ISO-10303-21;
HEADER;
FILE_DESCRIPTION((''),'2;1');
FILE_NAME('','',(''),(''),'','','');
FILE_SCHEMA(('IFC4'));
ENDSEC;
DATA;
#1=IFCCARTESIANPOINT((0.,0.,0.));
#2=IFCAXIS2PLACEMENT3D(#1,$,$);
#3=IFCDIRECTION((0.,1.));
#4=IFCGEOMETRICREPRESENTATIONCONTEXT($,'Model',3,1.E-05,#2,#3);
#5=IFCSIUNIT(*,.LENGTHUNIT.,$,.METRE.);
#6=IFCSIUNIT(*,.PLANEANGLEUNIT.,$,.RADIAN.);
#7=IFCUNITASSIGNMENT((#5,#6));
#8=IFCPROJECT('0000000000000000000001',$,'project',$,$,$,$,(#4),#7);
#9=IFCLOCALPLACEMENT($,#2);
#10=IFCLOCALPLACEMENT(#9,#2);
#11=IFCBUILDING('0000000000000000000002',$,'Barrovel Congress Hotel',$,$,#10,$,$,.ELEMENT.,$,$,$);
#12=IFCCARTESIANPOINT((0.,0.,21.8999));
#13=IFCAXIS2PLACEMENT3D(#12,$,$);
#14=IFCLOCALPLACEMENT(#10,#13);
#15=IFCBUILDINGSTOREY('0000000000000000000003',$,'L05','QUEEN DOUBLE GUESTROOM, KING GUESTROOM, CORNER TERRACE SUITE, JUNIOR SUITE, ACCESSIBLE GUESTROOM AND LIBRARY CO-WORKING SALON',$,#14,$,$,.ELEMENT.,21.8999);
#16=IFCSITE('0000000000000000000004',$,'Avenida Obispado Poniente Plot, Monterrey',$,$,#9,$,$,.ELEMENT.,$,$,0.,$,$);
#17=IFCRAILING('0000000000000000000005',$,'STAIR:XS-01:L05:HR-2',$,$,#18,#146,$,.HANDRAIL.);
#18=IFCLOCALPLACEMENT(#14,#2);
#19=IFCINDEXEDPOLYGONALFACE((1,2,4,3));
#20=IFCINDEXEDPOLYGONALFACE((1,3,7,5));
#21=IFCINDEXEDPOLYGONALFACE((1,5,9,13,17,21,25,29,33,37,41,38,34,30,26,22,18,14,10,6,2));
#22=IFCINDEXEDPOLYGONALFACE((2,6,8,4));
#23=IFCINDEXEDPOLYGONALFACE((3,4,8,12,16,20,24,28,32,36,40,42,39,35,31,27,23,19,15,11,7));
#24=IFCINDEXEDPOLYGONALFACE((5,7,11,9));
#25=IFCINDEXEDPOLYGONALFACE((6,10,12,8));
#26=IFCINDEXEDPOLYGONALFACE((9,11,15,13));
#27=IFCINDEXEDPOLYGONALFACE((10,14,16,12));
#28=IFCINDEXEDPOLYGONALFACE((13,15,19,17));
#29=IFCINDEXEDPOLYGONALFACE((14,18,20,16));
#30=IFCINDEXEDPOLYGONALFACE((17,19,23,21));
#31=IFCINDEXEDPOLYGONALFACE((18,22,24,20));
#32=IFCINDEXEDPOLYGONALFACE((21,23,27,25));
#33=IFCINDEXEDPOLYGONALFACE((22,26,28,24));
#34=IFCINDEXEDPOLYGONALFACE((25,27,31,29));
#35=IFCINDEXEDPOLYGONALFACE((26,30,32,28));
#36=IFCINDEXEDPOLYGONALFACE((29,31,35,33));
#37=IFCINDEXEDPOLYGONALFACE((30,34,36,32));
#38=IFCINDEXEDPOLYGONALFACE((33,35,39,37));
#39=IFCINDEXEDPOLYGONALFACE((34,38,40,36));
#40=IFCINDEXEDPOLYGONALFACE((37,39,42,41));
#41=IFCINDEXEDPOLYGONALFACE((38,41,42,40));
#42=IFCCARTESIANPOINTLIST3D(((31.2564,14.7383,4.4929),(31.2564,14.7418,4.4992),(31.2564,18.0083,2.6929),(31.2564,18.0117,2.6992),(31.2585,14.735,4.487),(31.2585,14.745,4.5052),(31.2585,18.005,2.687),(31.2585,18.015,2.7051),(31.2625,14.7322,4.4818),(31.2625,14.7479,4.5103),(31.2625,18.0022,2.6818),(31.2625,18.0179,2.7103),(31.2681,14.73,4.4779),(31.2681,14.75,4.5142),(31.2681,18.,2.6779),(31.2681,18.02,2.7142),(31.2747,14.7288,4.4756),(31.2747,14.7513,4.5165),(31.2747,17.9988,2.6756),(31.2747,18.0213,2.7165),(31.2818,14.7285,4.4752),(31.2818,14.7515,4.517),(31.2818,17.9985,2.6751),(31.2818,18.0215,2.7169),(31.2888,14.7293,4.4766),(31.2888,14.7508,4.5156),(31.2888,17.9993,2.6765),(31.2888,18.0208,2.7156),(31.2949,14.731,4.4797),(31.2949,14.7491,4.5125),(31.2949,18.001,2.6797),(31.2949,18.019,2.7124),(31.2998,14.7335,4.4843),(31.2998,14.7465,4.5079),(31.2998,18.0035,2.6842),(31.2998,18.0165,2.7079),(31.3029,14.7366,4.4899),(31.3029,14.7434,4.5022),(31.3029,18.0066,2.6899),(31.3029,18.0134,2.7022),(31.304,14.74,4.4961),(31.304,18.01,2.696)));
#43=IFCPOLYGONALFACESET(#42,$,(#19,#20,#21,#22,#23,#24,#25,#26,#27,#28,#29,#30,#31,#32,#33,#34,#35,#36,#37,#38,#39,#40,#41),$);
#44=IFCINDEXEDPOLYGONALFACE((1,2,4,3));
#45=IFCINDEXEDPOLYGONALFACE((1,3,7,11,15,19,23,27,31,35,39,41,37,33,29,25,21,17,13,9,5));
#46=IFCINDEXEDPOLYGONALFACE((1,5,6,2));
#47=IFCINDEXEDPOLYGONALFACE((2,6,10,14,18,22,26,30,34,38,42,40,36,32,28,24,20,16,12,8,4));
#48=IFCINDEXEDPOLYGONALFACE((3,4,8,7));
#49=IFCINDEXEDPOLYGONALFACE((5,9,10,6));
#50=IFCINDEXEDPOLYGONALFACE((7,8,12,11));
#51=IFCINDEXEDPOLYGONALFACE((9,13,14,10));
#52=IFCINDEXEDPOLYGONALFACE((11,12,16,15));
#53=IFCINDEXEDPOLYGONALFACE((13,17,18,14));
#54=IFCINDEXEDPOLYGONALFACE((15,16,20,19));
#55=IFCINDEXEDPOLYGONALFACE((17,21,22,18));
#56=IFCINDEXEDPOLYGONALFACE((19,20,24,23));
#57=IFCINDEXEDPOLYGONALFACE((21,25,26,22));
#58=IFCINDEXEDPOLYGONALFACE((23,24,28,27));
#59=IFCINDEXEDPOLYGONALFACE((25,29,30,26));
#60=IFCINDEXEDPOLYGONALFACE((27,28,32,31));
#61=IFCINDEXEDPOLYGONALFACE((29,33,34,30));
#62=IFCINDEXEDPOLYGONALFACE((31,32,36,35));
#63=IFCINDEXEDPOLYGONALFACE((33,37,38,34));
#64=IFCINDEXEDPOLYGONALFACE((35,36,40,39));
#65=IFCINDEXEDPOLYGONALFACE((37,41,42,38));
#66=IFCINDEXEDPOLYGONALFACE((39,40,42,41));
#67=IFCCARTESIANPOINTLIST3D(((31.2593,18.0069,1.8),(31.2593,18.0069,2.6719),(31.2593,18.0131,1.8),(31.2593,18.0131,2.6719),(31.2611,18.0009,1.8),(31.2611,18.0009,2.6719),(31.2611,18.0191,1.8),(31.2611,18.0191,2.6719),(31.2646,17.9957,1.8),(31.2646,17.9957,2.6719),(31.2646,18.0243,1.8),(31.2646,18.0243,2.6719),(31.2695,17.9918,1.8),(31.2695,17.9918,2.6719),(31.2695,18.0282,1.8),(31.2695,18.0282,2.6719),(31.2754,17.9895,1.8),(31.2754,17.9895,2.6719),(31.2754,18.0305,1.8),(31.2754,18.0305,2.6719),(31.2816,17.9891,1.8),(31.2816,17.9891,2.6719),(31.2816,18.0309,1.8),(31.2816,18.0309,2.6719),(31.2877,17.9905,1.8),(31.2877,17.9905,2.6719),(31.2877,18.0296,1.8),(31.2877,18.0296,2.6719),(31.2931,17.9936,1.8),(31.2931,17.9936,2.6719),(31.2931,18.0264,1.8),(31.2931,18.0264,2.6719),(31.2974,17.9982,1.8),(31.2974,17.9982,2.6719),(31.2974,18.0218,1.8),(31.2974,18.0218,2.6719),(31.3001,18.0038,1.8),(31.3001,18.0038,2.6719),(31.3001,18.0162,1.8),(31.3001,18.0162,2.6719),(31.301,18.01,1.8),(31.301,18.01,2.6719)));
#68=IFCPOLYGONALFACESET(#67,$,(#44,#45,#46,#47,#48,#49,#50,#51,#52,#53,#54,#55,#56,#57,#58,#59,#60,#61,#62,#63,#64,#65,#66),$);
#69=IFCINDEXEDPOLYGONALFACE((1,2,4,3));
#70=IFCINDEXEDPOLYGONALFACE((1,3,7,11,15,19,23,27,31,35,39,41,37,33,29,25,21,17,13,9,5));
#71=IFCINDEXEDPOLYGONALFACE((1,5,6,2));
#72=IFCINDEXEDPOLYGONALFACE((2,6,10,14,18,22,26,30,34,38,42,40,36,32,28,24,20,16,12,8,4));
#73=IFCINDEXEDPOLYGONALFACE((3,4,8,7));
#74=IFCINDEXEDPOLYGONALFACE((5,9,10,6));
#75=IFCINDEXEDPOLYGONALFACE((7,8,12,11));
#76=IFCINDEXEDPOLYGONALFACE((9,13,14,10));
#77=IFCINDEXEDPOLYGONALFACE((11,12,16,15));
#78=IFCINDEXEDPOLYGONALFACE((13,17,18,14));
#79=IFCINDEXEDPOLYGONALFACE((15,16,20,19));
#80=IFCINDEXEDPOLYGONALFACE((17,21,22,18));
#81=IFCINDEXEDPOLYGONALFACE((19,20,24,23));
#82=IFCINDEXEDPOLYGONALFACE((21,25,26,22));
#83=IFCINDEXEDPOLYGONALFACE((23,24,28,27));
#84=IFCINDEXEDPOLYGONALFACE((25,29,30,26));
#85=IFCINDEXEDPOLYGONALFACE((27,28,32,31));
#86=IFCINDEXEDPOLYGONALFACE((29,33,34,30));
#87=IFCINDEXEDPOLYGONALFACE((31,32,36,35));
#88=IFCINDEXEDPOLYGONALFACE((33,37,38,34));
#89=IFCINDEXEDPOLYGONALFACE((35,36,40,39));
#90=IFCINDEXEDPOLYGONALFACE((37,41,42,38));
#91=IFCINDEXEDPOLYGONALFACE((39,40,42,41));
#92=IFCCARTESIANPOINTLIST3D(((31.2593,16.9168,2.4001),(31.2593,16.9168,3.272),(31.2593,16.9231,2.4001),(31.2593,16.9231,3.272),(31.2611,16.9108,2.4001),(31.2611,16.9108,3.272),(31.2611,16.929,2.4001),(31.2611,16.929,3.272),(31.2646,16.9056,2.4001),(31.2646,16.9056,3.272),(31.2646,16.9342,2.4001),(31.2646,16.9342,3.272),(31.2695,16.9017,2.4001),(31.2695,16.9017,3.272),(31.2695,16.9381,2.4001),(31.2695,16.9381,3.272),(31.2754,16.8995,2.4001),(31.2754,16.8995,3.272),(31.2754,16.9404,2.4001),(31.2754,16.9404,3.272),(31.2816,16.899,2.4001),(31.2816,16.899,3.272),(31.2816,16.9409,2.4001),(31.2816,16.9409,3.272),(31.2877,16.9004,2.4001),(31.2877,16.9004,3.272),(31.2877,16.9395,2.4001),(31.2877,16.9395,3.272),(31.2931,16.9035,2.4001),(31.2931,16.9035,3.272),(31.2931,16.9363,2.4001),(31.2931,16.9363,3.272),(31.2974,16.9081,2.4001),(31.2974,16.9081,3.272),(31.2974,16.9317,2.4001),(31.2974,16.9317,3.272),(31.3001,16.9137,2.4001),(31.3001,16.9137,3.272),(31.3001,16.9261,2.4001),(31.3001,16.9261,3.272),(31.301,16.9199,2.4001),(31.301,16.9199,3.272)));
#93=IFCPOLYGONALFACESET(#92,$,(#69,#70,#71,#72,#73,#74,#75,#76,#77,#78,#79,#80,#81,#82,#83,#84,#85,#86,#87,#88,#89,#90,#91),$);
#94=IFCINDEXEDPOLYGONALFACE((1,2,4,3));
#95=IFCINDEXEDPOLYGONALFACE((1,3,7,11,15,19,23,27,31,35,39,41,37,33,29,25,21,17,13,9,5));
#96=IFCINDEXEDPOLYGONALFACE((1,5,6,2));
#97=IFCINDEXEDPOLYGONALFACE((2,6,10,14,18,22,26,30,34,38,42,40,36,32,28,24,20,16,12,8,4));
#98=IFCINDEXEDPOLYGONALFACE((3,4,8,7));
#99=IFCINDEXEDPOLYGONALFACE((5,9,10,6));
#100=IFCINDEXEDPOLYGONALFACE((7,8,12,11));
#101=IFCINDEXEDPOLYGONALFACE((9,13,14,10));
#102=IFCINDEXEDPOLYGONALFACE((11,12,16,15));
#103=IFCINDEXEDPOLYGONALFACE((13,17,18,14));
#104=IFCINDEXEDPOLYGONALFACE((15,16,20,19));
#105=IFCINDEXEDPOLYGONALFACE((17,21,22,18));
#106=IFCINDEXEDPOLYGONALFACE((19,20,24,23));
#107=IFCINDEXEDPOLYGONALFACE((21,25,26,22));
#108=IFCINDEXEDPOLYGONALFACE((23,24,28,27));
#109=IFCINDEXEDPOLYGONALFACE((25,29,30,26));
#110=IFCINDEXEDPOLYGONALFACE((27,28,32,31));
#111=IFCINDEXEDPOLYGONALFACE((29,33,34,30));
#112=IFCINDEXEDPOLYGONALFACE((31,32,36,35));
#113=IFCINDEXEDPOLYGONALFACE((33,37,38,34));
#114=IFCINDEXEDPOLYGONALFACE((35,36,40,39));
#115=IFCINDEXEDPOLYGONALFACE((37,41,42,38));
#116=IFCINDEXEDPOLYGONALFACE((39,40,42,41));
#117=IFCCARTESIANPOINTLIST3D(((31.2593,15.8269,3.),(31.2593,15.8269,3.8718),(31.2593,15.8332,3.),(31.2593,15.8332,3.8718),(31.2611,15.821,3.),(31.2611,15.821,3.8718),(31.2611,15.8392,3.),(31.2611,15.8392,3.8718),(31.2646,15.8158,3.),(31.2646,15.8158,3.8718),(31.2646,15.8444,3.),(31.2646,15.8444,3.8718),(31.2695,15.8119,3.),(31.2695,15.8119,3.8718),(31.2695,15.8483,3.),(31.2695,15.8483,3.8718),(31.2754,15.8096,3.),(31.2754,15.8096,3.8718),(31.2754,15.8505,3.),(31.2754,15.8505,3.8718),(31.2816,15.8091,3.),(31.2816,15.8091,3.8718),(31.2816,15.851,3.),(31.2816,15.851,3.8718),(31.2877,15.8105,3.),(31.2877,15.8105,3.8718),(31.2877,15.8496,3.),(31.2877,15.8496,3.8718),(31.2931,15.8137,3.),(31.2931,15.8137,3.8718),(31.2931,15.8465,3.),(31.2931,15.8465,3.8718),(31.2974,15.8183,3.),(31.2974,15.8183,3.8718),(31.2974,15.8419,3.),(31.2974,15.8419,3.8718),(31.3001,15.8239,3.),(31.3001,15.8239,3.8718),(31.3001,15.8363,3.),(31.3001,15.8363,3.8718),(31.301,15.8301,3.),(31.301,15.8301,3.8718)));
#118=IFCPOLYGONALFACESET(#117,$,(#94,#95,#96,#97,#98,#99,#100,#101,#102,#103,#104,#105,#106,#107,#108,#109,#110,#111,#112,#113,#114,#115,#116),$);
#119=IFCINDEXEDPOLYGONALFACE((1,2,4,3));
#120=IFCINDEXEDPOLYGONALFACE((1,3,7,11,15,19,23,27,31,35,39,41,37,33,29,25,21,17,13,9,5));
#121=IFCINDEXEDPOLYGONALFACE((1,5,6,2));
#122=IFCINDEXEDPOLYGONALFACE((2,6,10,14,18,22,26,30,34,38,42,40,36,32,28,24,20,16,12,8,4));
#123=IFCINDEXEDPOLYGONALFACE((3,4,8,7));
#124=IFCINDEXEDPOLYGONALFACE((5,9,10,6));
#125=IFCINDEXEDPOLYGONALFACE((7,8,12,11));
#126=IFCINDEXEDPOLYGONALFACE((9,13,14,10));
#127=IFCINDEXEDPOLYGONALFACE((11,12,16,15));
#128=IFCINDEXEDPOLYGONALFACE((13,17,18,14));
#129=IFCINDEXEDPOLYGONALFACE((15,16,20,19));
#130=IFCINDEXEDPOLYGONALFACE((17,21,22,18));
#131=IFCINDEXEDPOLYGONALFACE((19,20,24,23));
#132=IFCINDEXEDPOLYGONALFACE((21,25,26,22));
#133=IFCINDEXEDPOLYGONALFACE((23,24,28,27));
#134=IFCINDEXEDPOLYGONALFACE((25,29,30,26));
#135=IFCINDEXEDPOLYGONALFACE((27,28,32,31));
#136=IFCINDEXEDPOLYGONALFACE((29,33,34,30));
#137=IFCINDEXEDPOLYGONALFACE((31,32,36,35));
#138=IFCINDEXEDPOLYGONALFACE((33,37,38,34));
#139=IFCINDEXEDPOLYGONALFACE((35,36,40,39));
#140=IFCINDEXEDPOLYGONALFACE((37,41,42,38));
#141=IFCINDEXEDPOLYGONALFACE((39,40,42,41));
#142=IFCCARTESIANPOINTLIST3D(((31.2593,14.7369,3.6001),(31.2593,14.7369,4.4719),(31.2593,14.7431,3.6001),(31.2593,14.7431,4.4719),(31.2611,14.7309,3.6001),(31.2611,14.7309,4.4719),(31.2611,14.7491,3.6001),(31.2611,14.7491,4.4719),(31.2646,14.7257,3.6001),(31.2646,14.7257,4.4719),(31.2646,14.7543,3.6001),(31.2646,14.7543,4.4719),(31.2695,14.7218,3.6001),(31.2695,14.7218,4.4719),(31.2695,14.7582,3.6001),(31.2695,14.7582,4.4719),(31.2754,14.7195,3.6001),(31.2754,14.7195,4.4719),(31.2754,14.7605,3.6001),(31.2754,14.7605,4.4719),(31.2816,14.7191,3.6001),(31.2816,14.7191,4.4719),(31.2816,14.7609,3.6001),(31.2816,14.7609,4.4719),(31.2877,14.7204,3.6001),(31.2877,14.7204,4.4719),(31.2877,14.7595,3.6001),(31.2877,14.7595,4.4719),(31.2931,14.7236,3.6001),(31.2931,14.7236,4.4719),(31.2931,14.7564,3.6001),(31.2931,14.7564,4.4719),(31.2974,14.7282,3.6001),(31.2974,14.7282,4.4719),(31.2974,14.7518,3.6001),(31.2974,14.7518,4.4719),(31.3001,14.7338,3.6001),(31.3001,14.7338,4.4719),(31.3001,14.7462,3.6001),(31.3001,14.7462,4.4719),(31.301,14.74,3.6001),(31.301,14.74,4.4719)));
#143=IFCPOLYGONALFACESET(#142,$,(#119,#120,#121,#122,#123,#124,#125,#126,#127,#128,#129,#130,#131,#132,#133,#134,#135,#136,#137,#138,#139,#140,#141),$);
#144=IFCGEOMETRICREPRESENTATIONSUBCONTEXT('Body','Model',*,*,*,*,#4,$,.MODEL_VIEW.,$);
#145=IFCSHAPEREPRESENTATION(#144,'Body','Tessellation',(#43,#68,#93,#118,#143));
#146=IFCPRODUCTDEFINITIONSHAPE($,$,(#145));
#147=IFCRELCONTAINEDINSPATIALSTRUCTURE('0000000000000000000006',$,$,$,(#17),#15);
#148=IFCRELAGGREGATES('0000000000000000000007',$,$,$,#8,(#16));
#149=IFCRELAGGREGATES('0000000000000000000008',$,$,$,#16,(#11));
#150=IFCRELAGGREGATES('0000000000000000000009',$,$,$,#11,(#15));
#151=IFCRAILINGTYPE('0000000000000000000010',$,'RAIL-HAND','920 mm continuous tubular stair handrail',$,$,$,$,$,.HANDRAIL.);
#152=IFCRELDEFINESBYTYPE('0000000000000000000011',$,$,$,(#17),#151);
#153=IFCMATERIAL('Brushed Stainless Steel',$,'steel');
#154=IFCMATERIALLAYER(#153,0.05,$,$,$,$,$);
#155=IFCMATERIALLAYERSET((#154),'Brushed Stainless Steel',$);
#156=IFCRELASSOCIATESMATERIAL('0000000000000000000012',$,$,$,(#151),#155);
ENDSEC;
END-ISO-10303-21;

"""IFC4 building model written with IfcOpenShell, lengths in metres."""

from ifc_helpers import new_model, si_unit, direction, frame, origin, origin_2d, place, context, subcontext, project, spatial, circle, extrude, material, layer, layer_set, type_object, element, save


model = new_model("IFC4")

# Units and contexts
model_context = context("Model", 3, precision=1e-05, world=origin(), true_north=direction((0.0, 1.0)))
body_context = subcontext(model_context, "Body", "Model", "MODEL_VIEW")
ifc_project = project(units=[si_unit("LENGTHUNIT", "METRE"), si_unit("PLANEANGLEUNIT", "RADIAN")], contexts=[model_context])

# Site, building, storey
site_placement = place(None, origin())
site = spatial("IfcSite", under=ifc_project, at=site_placement, Name="Avenida Obispado Poniente Plot, Monterrey", CompositionType="ELEMENT", RefElevation=0.0)
building_placement = place(site_placement, origin())
building = spatial("IfcBuilding", under=site, at=building_placement, Name="Barrovel Congress Hotel", CompositionType="ELEMENT")
storey_placement = place(building_placement, frame((0.0, 0.0, 21.8999)))
storey = spatial("IfcBuildingStorey", under=building, at=storey_placement, Name="L05", Description="QUEEN DOUBLE GUESTROOM, KING GUESTROOM, CORNER TERRACE SUITE, JUNIOR SUITE, ACCESSIBLE GUESTROOM AND LIBRARY CO-WORKING SALON", CompositionType="ELEMENT", Elevation=21.8999)

# Railing
ifc_material_1 = material(Name="Brushed Stainless Steel", Category="steel")
ifc_layer_1 = layer(ifc_material_1, 0.05)
ifc_layer_set_1 = layer_set([ifc_layer_1], Name="Brushed Stainless Steel")
railing_type = type_object("IfcRailingType", Name="RAIL-HAND", Description="920 mm continuous tubular stair handrail", PredefinedType="HANDRAIL", material=ifc_layer_set_1)
railing_placement = place(storey_placement, frame((31.28, 18.01, 1.8)))
element("IfcRailing", 1, at=railing_placement, inside=storey, type_object=railing_type, Name="STAIR:XS-01:L05:HR-2", PredefinedType="HANDRAIL", context=body_context, shape_type="SweptSolid", body=[
    extrude(circle(Radius=0.0239, at=origin_2d()), frame((0.0, 0.0, 0.896), z_axis=(0.0, -0.876042, 0.482235), x_axis=(1.0, 0.0, 0.0)), (0.0, 0.0, 1.0), 3.7327),
    extrude(circle(Radius=0.021, at=origin_2d()), origin(), (0.0, 0.0, 1.0), 0.8718),
    extrude(circle(Radius=0.021, at=origin_2d()), frame((0.0, -1.0901, 0.6001)), (0.0, 0.0, 1.0), 0.8718),
    extrude(circle(Radius=0.021, at=origin_2d()), frame((0.0, -2.1799, 1.2)), (0.0, 0.0, 1.0), 0.8718),
    extrude(circle(Radius=0.021, at=origin_2d()), frame((0.0, -3.27, 1.8)), (0.0, 0.0, 1.0), 0.8718),
])

save(model, "model.ifc")
